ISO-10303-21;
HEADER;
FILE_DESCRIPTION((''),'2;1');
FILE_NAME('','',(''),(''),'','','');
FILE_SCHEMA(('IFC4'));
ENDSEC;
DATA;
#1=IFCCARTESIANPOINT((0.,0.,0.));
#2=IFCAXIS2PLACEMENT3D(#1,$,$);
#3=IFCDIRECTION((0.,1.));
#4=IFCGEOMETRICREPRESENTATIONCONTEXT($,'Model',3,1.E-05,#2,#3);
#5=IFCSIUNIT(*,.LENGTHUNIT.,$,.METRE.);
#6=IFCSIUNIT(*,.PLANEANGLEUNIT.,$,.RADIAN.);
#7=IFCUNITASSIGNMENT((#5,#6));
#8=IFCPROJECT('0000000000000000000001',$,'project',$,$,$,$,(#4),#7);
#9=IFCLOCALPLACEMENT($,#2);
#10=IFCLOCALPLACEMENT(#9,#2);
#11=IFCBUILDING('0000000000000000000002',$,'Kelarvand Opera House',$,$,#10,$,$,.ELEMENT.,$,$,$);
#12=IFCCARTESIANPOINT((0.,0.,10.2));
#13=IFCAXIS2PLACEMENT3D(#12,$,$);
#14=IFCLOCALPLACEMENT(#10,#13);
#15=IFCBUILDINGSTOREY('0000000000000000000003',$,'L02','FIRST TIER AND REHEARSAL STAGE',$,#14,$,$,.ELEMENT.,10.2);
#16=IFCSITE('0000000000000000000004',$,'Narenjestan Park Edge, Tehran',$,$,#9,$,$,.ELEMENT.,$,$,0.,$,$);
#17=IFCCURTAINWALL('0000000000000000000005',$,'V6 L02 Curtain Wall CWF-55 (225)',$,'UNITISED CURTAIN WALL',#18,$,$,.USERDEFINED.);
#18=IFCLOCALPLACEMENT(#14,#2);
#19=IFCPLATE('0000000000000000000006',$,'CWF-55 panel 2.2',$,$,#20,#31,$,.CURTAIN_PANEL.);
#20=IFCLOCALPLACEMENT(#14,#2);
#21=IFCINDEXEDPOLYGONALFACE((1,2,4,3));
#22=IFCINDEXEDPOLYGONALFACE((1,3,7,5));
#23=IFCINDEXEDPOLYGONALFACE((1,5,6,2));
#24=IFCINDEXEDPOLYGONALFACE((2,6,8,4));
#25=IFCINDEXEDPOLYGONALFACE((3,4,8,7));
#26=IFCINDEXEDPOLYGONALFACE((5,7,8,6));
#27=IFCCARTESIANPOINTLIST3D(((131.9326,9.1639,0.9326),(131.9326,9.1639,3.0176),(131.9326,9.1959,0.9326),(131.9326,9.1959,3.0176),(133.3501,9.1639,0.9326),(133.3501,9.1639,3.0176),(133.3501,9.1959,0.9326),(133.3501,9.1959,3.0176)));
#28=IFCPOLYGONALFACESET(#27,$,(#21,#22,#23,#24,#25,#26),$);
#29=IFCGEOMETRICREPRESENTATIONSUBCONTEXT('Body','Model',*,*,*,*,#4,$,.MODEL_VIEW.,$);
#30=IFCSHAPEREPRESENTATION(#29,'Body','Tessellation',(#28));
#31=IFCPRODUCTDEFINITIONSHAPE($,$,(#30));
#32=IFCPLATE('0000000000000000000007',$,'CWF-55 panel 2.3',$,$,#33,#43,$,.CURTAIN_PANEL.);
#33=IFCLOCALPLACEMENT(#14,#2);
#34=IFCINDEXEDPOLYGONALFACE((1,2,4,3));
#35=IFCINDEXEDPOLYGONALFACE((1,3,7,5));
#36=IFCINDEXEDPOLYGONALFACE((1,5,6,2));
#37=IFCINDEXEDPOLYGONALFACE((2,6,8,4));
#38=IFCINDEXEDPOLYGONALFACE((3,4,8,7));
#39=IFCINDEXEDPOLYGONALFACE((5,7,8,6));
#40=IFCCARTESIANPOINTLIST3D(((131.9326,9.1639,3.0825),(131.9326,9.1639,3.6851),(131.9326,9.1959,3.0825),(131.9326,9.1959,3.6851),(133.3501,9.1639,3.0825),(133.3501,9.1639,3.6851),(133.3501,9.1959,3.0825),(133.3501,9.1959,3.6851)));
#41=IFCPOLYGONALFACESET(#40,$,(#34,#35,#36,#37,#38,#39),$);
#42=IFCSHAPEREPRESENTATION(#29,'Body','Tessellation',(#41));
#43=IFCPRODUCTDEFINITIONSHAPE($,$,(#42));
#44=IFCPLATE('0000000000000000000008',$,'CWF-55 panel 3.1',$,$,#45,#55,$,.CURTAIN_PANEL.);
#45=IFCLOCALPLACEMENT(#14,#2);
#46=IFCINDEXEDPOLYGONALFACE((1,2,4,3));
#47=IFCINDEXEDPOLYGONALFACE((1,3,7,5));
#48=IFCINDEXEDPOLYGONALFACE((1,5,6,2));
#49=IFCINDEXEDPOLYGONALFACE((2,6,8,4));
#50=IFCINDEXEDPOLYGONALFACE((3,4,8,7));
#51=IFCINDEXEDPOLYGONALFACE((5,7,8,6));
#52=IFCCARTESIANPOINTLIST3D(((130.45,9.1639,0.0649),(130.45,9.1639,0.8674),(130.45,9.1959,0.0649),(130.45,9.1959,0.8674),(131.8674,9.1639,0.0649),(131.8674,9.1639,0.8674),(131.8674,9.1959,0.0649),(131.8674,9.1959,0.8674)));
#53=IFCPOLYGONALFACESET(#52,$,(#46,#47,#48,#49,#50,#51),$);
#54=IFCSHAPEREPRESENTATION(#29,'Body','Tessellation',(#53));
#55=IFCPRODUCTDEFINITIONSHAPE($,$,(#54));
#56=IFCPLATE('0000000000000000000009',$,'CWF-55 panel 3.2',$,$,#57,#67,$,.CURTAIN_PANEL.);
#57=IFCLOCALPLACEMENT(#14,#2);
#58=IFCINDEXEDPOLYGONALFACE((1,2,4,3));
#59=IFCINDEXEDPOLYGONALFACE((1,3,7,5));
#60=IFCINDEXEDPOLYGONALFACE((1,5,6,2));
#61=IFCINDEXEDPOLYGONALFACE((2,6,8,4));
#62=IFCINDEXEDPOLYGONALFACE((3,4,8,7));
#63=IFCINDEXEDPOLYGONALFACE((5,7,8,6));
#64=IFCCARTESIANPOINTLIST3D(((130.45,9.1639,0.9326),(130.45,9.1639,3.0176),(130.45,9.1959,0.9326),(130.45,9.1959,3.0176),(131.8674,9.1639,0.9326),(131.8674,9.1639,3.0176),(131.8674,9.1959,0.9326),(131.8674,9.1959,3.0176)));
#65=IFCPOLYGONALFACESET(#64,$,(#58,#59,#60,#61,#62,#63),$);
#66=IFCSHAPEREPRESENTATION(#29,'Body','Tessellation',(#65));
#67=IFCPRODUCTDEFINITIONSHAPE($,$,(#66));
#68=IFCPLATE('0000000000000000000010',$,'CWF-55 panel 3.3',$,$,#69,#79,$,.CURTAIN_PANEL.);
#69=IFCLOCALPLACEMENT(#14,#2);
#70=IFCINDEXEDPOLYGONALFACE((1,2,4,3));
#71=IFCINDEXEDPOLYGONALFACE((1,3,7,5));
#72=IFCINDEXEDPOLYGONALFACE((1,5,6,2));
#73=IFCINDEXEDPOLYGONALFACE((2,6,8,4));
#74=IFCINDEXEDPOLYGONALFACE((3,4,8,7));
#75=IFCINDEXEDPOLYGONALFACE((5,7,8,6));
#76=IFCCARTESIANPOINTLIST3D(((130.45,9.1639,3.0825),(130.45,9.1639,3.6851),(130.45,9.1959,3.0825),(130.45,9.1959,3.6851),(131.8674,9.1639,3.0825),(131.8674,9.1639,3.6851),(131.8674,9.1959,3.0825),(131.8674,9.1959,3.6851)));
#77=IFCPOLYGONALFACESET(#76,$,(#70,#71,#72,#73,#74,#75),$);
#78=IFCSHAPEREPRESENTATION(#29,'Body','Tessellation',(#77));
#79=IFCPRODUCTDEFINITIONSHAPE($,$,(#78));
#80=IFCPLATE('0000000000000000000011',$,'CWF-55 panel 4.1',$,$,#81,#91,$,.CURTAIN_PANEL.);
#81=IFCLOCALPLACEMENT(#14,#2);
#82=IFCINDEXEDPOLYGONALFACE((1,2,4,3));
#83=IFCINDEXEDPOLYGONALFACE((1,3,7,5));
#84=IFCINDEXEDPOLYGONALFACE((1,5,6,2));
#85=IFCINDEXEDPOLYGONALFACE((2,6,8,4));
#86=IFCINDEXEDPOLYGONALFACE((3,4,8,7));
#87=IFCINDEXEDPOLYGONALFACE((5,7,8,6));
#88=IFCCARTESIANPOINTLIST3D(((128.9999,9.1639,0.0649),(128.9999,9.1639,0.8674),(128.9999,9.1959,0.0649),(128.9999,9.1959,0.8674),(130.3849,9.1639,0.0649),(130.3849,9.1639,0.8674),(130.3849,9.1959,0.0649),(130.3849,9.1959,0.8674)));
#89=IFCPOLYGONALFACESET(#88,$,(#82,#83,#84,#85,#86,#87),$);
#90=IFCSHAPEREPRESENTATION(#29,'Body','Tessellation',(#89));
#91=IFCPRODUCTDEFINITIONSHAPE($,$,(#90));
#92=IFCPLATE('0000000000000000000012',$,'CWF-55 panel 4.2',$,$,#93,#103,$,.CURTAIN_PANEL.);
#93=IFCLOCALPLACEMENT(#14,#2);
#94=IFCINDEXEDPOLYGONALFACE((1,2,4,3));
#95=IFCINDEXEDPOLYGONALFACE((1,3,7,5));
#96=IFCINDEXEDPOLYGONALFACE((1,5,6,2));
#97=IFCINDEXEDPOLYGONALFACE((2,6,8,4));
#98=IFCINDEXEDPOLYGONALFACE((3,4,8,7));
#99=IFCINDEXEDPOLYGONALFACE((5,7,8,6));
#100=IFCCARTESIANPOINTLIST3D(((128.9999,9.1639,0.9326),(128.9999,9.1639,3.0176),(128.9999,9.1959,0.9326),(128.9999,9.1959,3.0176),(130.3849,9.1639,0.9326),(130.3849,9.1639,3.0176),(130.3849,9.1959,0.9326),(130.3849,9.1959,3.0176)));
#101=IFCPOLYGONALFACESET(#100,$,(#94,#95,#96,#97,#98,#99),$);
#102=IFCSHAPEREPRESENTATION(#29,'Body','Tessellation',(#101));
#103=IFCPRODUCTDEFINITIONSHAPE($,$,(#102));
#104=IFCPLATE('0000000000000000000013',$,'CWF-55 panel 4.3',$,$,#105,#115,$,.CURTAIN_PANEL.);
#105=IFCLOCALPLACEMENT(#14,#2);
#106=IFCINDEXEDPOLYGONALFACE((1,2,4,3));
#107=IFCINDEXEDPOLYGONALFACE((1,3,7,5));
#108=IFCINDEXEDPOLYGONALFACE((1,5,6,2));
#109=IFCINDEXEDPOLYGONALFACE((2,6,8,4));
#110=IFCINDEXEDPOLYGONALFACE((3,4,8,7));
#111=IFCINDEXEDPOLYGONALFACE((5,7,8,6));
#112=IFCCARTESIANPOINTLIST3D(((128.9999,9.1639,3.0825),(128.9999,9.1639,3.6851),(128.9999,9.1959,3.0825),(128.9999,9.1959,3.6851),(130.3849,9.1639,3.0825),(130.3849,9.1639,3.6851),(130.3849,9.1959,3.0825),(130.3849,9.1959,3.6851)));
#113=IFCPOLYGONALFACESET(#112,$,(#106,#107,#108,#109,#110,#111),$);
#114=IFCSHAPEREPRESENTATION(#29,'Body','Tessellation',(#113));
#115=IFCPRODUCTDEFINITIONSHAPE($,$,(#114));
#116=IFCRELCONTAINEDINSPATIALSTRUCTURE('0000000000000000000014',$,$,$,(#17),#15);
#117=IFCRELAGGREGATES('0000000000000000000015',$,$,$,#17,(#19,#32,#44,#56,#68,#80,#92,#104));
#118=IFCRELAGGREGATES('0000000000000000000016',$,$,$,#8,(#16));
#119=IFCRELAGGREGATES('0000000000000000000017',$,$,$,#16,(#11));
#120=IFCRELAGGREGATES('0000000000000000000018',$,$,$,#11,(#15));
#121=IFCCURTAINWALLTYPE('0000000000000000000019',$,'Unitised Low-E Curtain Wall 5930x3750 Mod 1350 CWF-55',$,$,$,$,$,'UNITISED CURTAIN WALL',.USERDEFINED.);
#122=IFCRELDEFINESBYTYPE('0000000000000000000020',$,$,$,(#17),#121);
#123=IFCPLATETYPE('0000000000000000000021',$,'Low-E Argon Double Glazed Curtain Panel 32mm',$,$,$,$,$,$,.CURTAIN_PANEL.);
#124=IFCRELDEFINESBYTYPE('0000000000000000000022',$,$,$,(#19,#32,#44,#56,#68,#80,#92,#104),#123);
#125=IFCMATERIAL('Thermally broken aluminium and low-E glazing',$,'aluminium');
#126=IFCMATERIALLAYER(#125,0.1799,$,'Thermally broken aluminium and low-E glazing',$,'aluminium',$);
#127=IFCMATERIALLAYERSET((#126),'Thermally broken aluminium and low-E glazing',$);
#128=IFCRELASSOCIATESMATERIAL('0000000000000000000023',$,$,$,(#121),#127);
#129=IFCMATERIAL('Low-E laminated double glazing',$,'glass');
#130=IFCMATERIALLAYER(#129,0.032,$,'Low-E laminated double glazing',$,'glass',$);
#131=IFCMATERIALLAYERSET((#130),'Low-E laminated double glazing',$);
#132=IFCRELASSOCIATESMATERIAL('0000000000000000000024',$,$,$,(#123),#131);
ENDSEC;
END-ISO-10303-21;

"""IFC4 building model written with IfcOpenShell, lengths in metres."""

from ifc_helpers import new_model, si_unit, direction, frame, origin, origin_2d, place, context, subcontext, project, spatial, rectangle, extrude, material, layer, layer_set, type_object, element, aggregate, save


model = new_model("IFC4")

# Units and contexts
model_context = context("Model", 3, precision=1e-05, world=origin(), true_north=direction((0.0, 1.0)))
body_context = subcontext(model_context, "Body", "Model", "MODEL_VIEW")
ifc_project = project(units=[si_unit("LENGTHUNIT", "METRE"), si_unit("PLANEANGLEUNIT", "RADIAN")], contexts=[model_context])

# Site, building, storey
site_placement = place(None, origin())
site = spatial("IfcSite", under=ifc_project, at=site_placement, Name="Narenjestan Park Edge, Tehran", CompositionType="ELEMENT", RefElevation=0.0)
building_placement = place(site_placement, origin())
building = spatial("IfcBuilding", under=site, at=building_placement, Name="Kelarvand Opera House", CompositionType="ELEMENT")
storey_placement = place(building_placement, frame((0.0, 0.0, 10.2)))
storey = spatial("IfcBuildingStorey", under=building, at=storey_placement, Name="L02", Description="FIRST TIER AND REHEARSAL STAGE", CompositionType="ELEMENT", Elevation=10.2)

# Curtain wall
ifc_material_1 = material(Name="Thermally broken aluminium and low-E glazing", Category="aluminium")
ifc_layer_1 = layer(ifc_material_1, 0.1799, Name="Thermally broken aluminium and low-E glazing", Category="aluminium")
ifc_layer_set_1 = layer_set([ifc_layer_1], Name="Thermally broken aluminium and low-E glazing")
curtain_wall_type = type_object("IfcCurtainWallType", Name="Unitised Low-E Curtain Wall 5930x3750 Mod 1350 CWF-55", ElementType="UNITISED CURTAIN WALL", PredefinedType="USERDEFINED", material=ifc_layer_set_1)
curtain_wall_placement = place(storey_placement, origin())
curtain_wall = element("IfcCurtainWall", 1, at=curtain_wall_placement, inside=storey, type_object=curtain_wall_type, Name="V6 L02 Curtain Wall CWF-55 (225)", ObjectType="UNITISED CURTAIN WALL", PredefinedType="USERDEFINED")

# Plates
ifc_material_2 = material(Name="Low-E laminated double glazing", Category="glass")
ifc_layer_2 = layer(ifc_material_2, 0.032, Name="Low-E laminated double glazing", Category="glass")
ifc_layer_set_2 = layer_set([ifc_layer_2], Name="Low-E laminated double glazing")
plate_type = type_object("IfcPlateType", Name="Low-E Argon Double Glazed Curtain Panel 32mm", PredefinedType="CURTAIN_PANEL", material=ifc_layer_set_2)
plate_1_placement = place(storey_placement, frame((132.6414, 9.1799, 0.9326), z_axis=(0.0, 0.0, 1.0), x_axis=(-1.0, 0.0, 0.0)))
plate_1 = element("IfcPlate", 2, at=plate_1_placement, type_object=plate_type, Name="CWF-55 panel 2.2", PredefinedType="CURTAIN_PANEL", context=body_context, shape_type="SweptSolid", body=[
    extrude(rectangle(XDim=1.4175, YDim=0.032, at=origin_2d()), origin(), (0.0, 0.0, 1.0), 2.085),
])
plate_2_placement = place(storey_placement, frame((132.6414, 9.1799, 3.0825), z_axis=(0.0, 0.0, 1.0), x_axis=(-1.0, 0.0, 0.0)))
plate_2 = element("IfcPlate", 3, at=plate_2_placement, type_object=plate_type, Name="CWF-55 panel 2.3", PredefinedType="CURTAIN_PANEL", context=body_context, shape_type="SweptSolid", body=[
    extrude(rectangle(XDim=1.4175, YDim=0.032, at=origin_2d()), origin(), (0.0, 0.0, 1.0), 0.6025),
])
plate_3_placement = place(storey_placement, frame((131.1587, 9.1799, 0.0649), z_axis=(0.0, 0.0, 1.0), x_axis=(-1.0, 0.0, 0.0)))
plate_3 = element("IfcPlate", 4, at=plate_3_placement, type_object=plate_type, Name="CWF-55 panel 3.1", PredefinedType="CURTAIN_PANEL", context=body_context, shape_type="SweptSolid", body=[
    extrude(rectangle(XDim=1.4175, YDim=0.032, at=origin_2d()), origin(), (0.0, 0.0, 1.0), 0.8025),
])
plate_4_placement = place(storey_placement, frame((131.1587, 9.1799, 0.9326), z_axis=(0.0, 0.0, 1.0), x_axis=(-1.0, 0.0, 0.0)))
plate_4 = element("IfcPlate", 5, at=plate_4_placement, type_object=plate_type, Name="CWF-55 panel 3.2", PredefinedType="CURTAIN_PANEL", context=body_context, shape_type="SweptSolid", body=[
    extrude(rectangle(XDim=1.4175, YDim=0.032, at=origin_2d()), origin(), (0.0, 0.0, 1.0), 2.085),
])
plate_5_placement = place(storey_placement, frame((131.1587, 9.1799, 3.0825), z_axis=(0.0, 0.0, 1.0), x_axis=(-1.0, 0.0, 0.0)))
plate_5 = element("IfcPlate", 6, at=plate_5_placement, type_object=plate_type, Name="CWF-55 panel 3.3", PredefinedType="CURTAIN_PANEL", context=body_context, shape_type="SweptSolid", body=[
    extrude(rectangle(XDim=1.4175, YDim=0.032, at=origin_2d()), origin(), (0.0, 0.0, 1.0), 0.6025),
])
plate_6_placement = place(storey_placement, frame((129.6924, 9.1799, 0.0649), z_axis=(0.0, 0.0, 1.0), x_axis=(-1.0, 0.0, 0.0)))
plate_6 = element("IfcPlate", 7, at=plate_6_placement, type_object=plate_type, Name="CWF-55 panel 4.1", PredefinedType="CURTAIN_PANEL", context=body_context, shape_type="SweptSolid", body=[
    extrude(rectangle(XDim=1.385, YDim=0.032, at=origin_2d()), origin(), (0.0, 0.0, 1.0), 0.8025),
])
plate_7_placement = place(storey_placement, frame((129.6924, 9.1799, 0.9326), z_axis=(0.0, 0.0, 1.0), x_axis=(-1.0, 0.0, 0.0)))
plate_7 = element("IfcPlate", 8, at=plate_7_placement, type_object=plate_type, Name="CWF-55 panel 4.2", PredefinedType="CURTAIN_PANEL", context=body_context, shape_type="SweptSolid", body=[
    extrude(rectangle(XDim=1.385, YDim=0.032, at=origin_2d()), origin(), (0.0, 0.0, 1.0), 2.085),
])
plate_8_placement = place(storey_placement, frame((129.6924, 9.1799, 3.0825), z_axis=(0.0, 0.0, 1.0), x_axis=(-1.0, 0.0, 0.0)))
plate_8 = element("IfcPlate", 9, at=plate_8_placement, type_object=plate_type, Name="CWF-55 panel 4.3", PredefinedType="CURTAIN_PANEL", context=body_context, shape_type="SweptSolid", body=[
    extrude(rectangle(XDim=1.385, YDim=0.032, at=origin_2d()), origin(), (0.0, 0.0, 1.0), 0.6025),
])
aggregate(curtain_wall, [plate_1, plate_2, plate_3, plate_4, plate_5, plate_6, plate_7, plate_8])

save(model, "model.ifc")
